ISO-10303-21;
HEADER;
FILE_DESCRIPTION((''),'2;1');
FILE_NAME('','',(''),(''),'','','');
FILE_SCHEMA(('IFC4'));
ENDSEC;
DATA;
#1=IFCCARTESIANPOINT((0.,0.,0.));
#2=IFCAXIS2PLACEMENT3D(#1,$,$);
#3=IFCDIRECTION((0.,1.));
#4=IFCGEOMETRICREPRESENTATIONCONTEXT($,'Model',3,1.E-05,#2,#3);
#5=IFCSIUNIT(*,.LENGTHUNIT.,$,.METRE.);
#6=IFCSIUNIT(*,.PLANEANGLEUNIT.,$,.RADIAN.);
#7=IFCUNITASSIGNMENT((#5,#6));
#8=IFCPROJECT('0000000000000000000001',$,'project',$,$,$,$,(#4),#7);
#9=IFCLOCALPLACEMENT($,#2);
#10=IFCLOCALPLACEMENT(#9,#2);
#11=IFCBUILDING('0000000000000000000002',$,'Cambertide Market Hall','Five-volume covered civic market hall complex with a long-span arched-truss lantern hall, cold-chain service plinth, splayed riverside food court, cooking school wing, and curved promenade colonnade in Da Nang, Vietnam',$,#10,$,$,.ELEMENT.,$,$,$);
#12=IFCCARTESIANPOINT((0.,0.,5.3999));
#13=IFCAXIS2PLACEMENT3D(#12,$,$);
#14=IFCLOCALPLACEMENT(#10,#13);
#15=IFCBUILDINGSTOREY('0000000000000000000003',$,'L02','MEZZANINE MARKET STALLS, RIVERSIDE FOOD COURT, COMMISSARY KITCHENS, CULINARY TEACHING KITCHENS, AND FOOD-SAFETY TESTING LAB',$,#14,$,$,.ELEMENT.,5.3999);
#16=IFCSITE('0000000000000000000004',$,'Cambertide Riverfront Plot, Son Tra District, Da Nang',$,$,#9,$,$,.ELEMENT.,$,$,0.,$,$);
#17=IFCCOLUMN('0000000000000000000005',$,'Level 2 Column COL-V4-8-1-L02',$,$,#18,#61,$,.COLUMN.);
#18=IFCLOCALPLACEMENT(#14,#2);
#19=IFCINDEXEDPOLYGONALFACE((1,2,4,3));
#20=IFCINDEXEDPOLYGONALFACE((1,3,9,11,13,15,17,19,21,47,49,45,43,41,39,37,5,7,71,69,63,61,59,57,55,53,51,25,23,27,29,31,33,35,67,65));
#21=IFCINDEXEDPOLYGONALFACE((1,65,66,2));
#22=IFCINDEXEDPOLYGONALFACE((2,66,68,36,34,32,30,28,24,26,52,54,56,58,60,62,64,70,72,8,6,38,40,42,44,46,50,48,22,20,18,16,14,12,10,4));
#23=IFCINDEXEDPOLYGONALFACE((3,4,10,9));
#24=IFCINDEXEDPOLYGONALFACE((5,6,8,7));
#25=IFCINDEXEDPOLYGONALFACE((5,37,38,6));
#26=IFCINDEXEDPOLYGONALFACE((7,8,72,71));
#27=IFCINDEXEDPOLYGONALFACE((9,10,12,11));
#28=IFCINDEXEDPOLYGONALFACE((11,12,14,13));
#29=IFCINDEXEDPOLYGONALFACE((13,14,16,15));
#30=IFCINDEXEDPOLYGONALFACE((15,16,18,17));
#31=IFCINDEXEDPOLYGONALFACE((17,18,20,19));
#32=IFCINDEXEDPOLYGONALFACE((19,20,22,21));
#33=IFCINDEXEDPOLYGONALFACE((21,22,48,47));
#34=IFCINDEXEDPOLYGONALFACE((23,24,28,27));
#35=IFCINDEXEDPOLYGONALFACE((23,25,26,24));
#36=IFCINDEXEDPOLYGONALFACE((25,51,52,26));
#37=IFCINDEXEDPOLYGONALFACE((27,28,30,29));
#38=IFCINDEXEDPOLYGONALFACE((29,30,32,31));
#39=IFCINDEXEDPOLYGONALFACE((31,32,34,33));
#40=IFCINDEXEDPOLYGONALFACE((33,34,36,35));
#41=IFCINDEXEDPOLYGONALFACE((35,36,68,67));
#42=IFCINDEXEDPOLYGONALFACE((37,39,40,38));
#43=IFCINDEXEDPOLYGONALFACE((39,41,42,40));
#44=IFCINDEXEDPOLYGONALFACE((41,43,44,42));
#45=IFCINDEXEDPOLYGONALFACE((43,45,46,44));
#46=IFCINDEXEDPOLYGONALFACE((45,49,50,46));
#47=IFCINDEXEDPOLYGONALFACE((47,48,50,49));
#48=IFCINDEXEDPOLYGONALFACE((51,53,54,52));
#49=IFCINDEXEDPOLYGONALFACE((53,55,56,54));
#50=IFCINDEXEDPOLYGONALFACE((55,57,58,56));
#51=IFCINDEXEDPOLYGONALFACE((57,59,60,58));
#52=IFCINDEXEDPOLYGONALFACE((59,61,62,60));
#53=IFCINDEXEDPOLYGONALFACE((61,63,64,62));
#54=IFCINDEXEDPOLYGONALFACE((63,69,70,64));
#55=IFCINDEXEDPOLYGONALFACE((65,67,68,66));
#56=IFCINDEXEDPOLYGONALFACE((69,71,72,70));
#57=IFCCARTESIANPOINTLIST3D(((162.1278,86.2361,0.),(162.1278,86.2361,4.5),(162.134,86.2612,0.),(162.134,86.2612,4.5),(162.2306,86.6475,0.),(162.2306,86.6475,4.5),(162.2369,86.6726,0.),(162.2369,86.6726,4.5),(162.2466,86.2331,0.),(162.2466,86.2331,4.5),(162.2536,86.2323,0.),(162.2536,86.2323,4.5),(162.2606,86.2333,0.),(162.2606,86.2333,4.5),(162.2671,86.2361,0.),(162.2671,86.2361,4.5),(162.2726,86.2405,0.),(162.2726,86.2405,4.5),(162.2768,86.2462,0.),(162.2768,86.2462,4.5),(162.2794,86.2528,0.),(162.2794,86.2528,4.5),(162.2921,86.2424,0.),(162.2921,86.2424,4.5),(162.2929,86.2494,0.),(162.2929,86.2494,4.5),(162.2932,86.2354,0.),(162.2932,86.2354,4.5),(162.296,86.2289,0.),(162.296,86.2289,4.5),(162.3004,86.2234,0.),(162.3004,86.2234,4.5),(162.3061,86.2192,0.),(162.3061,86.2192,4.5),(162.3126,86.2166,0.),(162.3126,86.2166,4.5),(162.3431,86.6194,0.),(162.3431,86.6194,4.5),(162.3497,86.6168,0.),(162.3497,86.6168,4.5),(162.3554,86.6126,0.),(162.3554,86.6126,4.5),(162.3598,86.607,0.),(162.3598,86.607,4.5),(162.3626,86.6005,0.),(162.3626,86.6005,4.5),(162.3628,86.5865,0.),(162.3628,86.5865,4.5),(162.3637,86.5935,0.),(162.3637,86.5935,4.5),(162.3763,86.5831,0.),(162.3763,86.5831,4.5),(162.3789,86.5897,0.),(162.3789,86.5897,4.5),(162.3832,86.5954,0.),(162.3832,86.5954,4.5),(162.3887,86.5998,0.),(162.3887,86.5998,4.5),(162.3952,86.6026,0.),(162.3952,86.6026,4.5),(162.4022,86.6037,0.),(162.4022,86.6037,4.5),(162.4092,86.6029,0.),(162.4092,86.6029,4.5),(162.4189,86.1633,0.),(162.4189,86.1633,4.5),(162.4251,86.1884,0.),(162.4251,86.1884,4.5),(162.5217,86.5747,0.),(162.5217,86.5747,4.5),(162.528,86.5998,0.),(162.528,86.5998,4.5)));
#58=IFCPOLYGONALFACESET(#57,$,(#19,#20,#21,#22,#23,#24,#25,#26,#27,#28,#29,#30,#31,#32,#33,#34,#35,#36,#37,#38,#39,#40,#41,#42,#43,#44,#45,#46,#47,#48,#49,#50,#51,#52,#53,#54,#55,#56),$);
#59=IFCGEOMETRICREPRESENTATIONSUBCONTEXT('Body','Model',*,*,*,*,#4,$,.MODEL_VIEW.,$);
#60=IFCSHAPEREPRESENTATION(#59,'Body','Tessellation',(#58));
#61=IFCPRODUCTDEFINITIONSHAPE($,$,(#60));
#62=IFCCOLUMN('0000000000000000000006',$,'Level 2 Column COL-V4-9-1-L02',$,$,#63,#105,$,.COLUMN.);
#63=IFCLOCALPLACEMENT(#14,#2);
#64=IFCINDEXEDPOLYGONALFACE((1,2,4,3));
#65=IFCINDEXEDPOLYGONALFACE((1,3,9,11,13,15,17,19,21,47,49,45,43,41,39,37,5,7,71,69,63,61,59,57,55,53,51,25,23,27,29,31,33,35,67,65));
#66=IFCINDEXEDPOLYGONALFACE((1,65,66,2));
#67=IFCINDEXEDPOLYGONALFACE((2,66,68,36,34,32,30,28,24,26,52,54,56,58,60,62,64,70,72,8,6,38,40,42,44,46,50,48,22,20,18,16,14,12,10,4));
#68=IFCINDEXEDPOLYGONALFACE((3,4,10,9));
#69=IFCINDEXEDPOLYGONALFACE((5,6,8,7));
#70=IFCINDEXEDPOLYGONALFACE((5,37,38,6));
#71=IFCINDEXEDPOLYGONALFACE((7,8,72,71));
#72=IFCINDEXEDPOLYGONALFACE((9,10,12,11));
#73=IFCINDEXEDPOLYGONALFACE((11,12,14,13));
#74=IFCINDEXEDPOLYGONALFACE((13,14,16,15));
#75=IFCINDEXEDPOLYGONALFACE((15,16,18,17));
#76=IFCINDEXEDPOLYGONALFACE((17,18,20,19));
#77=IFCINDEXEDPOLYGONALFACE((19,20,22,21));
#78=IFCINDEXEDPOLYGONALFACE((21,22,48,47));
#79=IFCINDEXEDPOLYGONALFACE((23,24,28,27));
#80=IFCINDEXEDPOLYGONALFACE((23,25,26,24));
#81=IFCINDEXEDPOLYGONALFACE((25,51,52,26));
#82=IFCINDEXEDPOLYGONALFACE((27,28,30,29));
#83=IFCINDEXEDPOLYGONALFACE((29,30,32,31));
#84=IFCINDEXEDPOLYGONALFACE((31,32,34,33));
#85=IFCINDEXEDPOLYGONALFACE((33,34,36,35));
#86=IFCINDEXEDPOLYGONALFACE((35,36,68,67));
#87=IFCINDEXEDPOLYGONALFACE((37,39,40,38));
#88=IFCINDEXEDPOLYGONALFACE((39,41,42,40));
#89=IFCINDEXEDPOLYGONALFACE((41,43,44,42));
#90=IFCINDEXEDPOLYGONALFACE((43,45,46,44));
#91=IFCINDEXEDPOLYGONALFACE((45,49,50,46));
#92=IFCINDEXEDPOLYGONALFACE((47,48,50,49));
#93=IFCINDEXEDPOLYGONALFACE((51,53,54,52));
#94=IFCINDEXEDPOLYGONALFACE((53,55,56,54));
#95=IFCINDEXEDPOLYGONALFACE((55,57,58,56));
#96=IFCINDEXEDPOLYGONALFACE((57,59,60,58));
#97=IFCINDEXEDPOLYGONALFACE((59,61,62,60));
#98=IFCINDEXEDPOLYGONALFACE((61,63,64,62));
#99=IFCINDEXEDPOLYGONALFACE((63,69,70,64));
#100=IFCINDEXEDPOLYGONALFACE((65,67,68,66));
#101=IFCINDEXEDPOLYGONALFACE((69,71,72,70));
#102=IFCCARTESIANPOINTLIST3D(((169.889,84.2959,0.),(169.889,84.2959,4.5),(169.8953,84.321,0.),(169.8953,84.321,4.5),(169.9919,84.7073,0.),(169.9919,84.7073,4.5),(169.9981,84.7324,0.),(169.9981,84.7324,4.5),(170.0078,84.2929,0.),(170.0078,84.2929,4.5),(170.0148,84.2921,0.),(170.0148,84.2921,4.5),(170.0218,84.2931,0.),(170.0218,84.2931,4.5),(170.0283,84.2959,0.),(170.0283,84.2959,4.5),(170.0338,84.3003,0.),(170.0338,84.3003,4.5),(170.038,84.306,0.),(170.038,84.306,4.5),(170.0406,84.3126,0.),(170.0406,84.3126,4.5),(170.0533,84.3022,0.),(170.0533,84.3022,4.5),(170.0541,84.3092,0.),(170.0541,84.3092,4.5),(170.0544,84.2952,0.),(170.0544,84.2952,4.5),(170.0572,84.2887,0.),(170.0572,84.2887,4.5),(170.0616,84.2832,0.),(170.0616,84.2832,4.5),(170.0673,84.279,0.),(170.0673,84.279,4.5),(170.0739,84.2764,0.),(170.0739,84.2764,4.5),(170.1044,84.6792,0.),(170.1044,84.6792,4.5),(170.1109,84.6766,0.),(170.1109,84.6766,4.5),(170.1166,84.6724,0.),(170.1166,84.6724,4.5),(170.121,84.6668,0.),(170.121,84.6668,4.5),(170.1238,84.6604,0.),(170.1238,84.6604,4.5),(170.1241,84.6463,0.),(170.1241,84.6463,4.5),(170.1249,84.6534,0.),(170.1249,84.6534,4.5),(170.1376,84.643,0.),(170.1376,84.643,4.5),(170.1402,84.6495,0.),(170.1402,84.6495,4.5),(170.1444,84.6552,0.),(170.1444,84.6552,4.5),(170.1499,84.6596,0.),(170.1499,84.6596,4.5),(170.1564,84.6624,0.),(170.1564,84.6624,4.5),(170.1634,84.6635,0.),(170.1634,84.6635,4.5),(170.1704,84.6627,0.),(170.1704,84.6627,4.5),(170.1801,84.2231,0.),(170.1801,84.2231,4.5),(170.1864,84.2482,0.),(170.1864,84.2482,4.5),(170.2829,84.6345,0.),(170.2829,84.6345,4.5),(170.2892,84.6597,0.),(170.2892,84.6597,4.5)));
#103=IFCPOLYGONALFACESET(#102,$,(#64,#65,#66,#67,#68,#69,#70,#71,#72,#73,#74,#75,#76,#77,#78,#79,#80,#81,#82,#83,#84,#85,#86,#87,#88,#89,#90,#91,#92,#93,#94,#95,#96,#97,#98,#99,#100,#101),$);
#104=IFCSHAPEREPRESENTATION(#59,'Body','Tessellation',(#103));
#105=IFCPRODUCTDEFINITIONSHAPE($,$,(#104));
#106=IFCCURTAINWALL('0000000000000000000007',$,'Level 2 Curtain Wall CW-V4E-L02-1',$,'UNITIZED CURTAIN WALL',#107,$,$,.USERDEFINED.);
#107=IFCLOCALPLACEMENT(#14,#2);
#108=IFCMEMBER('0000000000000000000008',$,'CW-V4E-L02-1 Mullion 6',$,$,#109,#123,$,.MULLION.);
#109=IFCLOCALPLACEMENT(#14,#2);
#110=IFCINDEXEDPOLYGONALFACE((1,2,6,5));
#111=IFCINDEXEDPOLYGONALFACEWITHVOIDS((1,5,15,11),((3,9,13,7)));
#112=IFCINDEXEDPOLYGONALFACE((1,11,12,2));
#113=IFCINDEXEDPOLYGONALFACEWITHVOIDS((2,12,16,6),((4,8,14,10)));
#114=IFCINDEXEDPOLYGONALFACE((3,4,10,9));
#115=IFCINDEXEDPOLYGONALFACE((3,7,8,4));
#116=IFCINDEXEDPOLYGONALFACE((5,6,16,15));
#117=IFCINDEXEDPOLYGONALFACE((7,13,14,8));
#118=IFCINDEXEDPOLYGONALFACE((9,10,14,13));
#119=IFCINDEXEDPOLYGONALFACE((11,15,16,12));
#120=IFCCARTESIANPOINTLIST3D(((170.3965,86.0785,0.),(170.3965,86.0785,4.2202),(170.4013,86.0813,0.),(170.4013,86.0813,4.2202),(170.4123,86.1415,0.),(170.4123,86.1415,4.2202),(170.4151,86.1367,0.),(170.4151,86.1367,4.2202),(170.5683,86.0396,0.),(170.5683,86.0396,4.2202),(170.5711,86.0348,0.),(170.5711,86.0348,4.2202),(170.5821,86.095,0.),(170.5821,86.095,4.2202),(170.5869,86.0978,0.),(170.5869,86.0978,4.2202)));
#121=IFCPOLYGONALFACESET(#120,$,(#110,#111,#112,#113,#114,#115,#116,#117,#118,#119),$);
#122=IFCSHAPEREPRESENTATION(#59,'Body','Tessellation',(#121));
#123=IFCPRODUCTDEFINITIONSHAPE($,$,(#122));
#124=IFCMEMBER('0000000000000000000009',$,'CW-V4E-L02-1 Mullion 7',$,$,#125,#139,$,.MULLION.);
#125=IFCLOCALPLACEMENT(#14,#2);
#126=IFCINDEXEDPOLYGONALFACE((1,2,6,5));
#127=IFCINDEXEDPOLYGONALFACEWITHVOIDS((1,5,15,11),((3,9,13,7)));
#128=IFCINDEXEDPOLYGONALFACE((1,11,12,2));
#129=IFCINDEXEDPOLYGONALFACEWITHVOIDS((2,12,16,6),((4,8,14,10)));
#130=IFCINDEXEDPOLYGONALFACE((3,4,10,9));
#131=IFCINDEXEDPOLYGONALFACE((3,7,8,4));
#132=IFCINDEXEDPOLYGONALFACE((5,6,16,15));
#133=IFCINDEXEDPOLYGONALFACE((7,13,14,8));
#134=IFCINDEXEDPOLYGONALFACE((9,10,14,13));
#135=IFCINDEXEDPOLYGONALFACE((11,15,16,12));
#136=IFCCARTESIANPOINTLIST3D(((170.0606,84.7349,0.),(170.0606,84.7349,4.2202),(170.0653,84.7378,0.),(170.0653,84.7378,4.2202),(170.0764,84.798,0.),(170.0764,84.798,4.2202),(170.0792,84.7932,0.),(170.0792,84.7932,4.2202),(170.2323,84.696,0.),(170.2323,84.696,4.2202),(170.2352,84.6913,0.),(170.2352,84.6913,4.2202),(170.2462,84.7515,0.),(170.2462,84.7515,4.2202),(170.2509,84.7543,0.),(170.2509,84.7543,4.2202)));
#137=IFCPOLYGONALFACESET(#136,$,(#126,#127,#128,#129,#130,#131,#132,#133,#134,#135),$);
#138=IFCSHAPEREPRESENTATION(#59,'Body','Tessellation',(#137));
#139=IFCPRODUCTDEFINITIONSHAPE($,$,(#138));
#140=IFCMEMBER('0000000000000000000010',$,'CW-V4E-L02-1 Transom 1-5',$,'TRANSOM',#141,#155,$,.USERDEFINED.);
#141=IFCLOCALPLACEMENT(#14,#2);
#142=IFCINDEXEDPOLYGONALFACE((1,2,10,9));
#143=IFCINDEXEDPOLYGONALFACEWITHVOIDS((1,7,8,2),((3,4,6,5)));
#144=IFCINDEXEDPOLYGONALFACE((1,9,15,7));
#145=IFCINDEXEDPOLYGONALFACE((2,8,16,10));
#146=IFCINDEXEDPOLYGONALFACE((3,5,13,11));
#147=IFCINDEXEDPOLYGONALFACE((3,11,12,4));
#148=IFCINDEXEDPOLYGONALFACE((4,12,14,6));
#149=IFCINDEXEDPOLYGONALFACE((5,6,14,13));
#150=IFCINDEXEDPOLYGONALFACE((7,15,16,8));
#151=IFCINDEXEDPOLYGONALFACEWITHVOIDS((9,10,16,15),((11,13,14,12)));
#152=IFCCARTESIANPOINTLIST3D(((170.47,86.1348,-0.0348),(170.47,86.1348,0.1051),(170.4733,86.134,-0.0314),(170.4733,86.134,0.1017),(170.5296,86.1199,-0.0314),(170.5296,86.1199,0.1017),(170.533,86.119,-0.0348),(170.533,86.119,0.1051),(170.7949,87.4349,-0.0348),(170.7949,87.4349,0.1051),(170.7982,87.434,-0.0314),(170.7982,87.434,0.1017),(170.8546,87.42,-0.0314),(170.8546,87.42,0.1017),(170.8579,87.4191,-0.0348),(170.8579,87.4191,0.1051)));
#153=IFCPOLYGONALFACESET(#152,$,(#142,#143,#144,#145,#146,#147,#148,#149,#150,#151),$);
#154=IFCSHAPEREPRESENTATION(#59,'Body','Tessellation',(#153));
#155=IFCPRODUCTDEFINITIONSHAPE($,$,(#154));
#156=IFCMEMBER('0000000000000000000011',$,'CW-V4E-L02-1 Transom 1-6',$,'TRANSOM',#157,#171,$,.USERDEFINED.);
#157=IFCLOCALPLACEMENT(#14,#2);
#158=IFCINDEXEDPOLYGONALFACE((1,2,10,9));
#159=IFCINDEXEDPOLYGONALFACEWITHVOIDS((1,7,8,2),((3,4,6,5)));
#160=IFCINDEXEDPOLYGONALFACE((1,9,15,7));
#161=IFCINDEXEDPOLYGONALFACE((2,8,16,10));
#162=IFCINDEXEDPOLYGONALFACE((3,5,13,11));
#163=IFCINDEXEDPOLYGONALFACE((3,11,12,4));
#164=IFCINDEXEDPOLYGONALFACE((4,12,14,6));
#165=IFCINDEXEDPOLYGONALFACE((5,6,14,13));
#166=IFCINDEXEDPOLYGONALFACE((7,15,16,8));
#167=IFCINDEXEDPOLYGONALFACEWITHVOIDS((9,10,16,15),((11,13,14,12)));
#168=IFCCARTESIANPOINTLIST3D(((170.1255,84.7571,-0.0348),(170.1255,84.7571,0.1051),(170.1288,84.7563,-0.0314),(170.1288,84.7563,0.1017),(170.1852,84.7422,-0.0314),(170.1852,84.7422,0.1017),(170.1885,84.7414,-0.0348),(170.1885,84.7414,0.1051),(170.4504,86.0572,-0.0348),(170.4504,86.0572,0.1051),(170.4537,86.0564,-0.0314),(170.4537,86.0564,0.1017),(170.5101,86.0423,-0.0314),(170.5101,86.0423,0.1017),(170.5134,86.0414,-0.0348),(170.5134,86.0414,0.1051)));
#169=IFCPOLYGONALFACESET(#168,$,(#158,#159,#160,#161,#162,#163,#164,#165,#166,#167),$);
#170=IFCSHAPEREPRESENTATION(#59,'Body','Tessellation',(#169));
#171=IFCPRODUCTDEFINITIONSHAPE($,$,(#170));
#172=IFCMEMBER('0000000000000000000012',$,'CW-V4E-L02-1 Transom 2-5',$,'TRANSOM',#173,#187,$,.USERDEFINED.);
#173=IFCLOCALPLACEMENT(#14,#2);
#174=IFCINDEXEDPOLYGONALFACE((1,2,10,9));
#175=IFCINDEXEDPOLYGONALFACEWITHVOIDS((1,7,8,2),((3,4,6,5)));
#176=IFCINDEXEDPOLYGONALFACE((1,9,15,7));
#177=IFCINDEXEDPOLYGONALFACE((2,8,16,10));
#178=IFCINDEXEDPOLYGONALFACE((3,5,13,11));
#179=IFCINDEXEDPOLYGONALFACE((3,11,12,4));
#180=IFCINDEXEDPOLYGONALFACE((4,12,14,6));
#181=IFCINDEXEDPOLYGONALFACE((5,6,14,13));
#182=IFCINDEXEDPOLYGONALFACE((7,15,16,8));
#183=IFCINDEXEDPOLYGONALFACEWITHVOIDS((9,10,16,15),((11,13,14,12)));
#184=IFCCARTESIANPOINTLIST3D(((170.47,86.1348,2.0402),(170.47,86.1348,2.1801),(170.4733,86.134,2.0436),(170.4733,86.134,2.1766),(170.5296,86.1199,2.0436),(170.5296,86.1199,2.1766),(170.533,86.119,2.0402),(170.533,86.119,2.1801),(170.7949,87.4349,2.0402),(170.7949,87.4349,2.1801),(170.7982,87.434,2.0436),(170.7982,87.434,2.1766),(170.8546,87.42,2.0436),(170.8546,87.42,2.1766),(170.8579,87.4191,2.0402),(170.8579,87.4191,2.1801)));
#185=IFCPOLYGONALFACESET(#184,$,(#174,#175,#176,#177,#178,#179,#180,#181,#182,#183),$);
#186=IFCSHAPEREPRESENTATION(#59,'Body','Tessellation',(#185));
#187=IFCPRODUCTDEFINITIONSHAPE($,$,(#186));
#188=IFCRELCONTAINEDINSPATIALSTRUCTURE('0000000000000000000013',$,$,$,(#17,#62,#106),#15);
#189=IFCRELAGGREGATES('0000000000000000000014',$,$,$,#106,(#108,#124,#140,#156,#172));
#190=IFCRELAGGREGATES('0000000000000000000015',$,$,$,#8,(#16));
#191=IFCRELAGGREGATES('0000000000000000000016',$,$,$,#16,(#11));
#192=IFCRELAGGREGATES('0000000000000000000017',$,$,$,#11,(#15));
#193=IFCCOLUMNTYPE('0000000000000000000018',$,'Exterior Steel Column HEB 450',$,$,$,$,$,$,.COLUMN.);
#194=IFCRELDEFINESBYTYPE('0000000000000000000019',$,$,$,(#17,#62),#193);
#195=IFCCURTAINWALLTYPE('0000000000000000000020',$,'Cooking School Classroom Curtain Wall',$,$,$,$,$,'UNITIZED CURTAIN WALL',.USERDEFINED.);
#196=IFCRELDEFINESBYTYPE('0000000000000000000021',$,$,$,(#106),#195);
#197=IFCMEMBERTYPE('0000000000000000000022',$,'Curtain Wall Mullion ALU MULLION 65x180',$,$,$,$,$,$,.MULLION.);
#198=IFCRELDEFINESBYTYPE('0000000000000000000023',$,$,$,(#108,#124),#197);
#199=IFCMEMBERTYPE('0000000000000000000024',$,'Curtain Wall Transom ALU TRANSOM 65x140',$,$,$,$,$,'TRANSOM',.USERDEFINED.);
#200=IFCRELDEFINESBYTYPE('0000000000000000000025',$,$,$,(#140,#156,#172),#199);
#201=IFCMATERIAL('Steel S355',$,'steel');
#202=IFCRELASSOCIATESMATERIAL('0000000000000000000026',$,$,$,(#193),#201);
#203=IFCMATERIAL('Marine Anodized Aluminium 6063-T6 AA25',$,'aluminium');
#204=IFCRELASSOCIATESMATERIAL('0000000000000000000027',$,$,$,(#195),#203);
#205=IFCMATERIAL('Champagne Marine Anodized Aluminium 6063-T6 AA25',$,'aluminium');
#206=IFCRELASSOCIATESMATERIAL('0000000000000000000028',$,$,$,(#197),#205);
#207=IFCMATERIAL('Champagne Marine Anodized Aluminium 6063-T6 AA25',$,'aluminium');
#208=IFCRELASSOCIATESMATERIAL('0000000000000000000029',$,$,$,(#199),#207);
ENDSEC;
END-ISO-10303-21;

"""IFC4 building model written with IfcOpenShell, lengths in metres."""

from ifc_helpers import new_model, si_unit, direction, frame, origin, origin_2d, place, context, subcontext, project, spatial, hollow_rectangle, i_section, extrude, material, material_profile, profile_set, type_object, element, aggregate, save


model = new_model("IFC4")

# Units and contexts
model_context = context("Model", 3, precision=1e-05, world=origin(), true_north=direction((0.0, 1.0)))
body_context = subcontext(model_context, "Body", "Model", "MODEL_VIEW")
ifc_project = project(units=[si_unit("LENGTHUNIT", "METRE"), si_unit("PLANEANGLEUNIT", "RADIAN")], contexts=[model_context])

# Site, building, storey
site_placement = place(None, origin())
site = spatial("IfcSite", under=ifc_project, at=site_placement, Name="Cambertide Riverfront Plot, Son Tra District, Da Nang", CompositionType="ELEMENT", RefElevation=0.0)
building_placement = place(site_placement, origin())
building = spatial("IfcBuilding", under=site, at=building_placement, Name="Cambertide Market Hall", Description="Five-volume covered civic market hall complex with a long-span arched-truss lantern hall, cold-chain service plinth, splayed riverside food court, cooking school wing, and curved promenade colonnade in Da Nang, Vietnam", CompositionType="ELEMENT")
storey_placement = place(building_placement, frame((0.0, 0.0, 5.3999)))
storey = spatial("IfcBuildingStorey", under=building, at=storey_placement, Name="L02", Description="MEZZANINE MARKET STALLS, RIVERSIDE FOOD COURT, COMMISSARY KITCHENS, CULINARY TEACHING KITCHENS, AND FOOD-SAFETY TESTING LAB", CompositionType="ELEMENT", Elevation=5.3999)

# Columns
ifc_material_1 = material(Name="Steel S355", Category="steel")
ifc_material_profile_1 = material_profile(ifc_material_1, i_section(OverallWidth=0.3, OverallDepth=0.45, WebThickness=0.0139, FlangeThickness=0.0259, FilletRadius=0.0271, at=origin_2d()), Name="HEB 450")
ifc_profile_set_1 = profile_set([ifc_material_profile_1], Name="Steel S355")
column_type = type_object("IfcColumnType", Name="Exterior Steel Column HEB 450", PredefinedType="COLUMN", material=ifc_profile_set_1)
for number, where, z_axis, x_axis, name in (
    (1, (162.3279, 86.418, 0.0), (0.0, 0.0, 1.0), (0.970143, -0.242536, 0.0), "Level 2 Column COL-V4-8-1-L02"),
    (2, (170.0891, 84.4778, 0.0), (0.0, 0.0, 1.0), (0.970143, -0.242536, 0.0), "Level 2 Column COL-V4-9-1-L02"),
):
    element("IfcColumn", number, at=place(storey_placement, frame(where, z_axis=z_axis, x_axis=x_axis)), inside=storey, type_object=column_type, Name=name, PredefinedType="COLUMN", context=body_context, shape_type="SweptSolid", body=[
        extrude(i_section(OverallWidth=0.3, OverallDepth=0.45, WebThickness=0.0139, FlangeThickness=0.0259, FilletRadius=0.0271, at=origin_2d()), origin(), (0.0, 0.0, 1.0), 4.5),
    ])

# Curtain wall, members
ifc_material_2 = material(Name="Marine Anodized Aluminium 6063-T6 AA25", Category="aluminium")
curtain_wall_type = type_object("IfcCurtainWallType", Name="Cooking School Classroom Curtain Wall", ElementType="UNITIZED CURTAIN WALL", PredefinedType="USERDEFINED", material=ifc_material_2)
curtain_wall_placement = place(storey_placement, origin())
curtain_wall = element("IfcCurtainWall", 3, at=curtain_wall_placement, inside=storey, type_object=curtain_wall_type, Name="Level 2 Curtain Wall CW-V4E-L02-1", ObjectType="UNITIZED CURTAIN WALL", PredefinedType="USERDEFINED")
ifc_material_3 = material(Name="Champagne Marine Anodized Aluminium 6063-T6 AA25", Category="aluminium")
ifc_material_profile_2 = material_profile(ifc_material_3, hollow_rectangle(XDim=0.0649, YDim=0.1799, WallThickness=0.0039, at=origin_2d()), Name="ALU MULLION 65x180")
ifc_profile_set_2 = profile_set([ifc_material_profile_2], Name="Champagne Marine Anodized Aluminium 6063-T6 AA25")
member_type_1 = type_object("IfcMemberType", Name="Curtain Wall Mullion ALU MULLION 65x180", PredefinedType="MULLION", material=ifc_profile_set_2)
member_1_placement = place(storey_placement, frame((170.4917, 86.0881, 0.0), z_axis=(0.0, 0.0, 1.0), x_axis=(-0.242536, -0.970143, 0.0)))
member_1 = element("IfcMember", 4, at=member_1_placement, type_object=member_type_1, Name="CW-V4E-L02-1 Mullion 6", PredefinedType="MULLION", context=body_context, shape_type="SweptSolid", body=[
    extrude(hollow_rectangle(XDim=0.0649, YDim=0.1799, WallThickness=0.0039, at=origin_2d()), origin(), (0.0, 0.0, 1.0), 4.2202),
])
member_2_placement = place(storey_placement, frame((170.1558, 84.7446, 0.0), z_axis=(0.0, 0.0, 1.0), x_axis=(-0.242536, -0.970143, 0.0)))
member_2 = element("IfcMember", 5, at=member_2_placement, type_object=member_type_1, Name="CW-V4E-L02-1 Mullion 7", PredefinedType="MULLION", context=body_context, shape_type="SweptSolid", body=[
    extrude(hollow_rectangle(XDim=0.0649, YDim=0.1799, WallThickness=0.0039, at=origin_2d()), origin(), (0.0, 0.0, 1.0), 4.2202),
])
ifc_material_4 = material(Name="Champagne Marine Anodized Aluminium 6063-T6 AA25", Category="aluminium")
ifc_material_profile_3 = material_profile(ifc_material_4, hollow_rectangle(XDim=0.0649, YDim=0.1399, WallThickness=0.0034, at=origin_2d()), Name="ALU TRANSOM 65x140")
ifc_profile_set_3 = profile_set([ifc_material_profile_3], Name="Champagne Marine Anodized Aluminium 6063-T6 AA25")
member_type_2 = type_object("IfcMemberType", Name="Curtain Wall Transom ALU TRANSOM 65x140", ElementType="TRANSOM", PredefinedType="USERDEFINED", material=ifc_profile_set_3)
member_3_placement = place(storey_placement, frame((170.8264, 87.427, 0.0352), z_axis=(-0.242493, -0.970153, 0.0), x_axis=(0.970153, -0.242493, 0.0)))
member_3 = element("IfcMember", 6, at=member_3_placement, type_object=member_type_2, Name="CW-V4E-L02-1 Transom 1-5", ObjectType="TRANSOM", PredefinedType="USERDEFINED", context=body_context, shape_type="SweptSolid", body=[
    extrude(hollow_rectangle(XDim=0.0649, YDim=0.1399, WallThickness=0.0034, at=origin_2d()), origin(), (0.0, 0.0, 1.0), 1.3401),
])
member_4_placement = place(storey_placement, frame((170.4819, 86.0493, 0.0352), z_axis=(-0.242493, -0.970153, 0.0), x_axis=(0.970153, -0.242493, 0.0)))
member_4 = element("IfcMember", 7, at=member_4_placement, type_object=member_type_2, Name="CW-V4E-L02-1 Transom 1-6", ObjectType="TRANSOM", PredefinedType="USERDEFINED", context=body_context, shape_type="SweptSolid", body=[
    extrude(hollow_rectangle(XDim=0.0649, YDim=0.1399, WallThickness=0.0034, at=origin_2d()), origin(), (0.0, 0.0, 1.0), 1.3401),
])
member_5_placement = place(storey_placement, frame((170.8264, 87.427, 2.1101), z_axis=(-0.242493, -0.970153, 0.0), x_axis=(0.970153, -0.242493, 0.0)))
member_5 = element("IfcMember", 8, at=member_5_placement, type_object=member_type_2, Name="CW-V4E-L02-1 Transom 2-5", ObjectType="TRANSOM", PredefinedType="USERDEFINED", context=body_context, shape_type="SweptSolid", body=[
    extrude(hollow_rectangle(XDim=0.0649, YDim=0.1399, WallThickness=0.0034, at=origin_2d()), origin(), (0.0, 0.0, 1.0), 1.3401),
])

aggregate(curtain_wall, [member_1, member_2, member_3, member_4, member_5])

save(model, "model.ifc")
